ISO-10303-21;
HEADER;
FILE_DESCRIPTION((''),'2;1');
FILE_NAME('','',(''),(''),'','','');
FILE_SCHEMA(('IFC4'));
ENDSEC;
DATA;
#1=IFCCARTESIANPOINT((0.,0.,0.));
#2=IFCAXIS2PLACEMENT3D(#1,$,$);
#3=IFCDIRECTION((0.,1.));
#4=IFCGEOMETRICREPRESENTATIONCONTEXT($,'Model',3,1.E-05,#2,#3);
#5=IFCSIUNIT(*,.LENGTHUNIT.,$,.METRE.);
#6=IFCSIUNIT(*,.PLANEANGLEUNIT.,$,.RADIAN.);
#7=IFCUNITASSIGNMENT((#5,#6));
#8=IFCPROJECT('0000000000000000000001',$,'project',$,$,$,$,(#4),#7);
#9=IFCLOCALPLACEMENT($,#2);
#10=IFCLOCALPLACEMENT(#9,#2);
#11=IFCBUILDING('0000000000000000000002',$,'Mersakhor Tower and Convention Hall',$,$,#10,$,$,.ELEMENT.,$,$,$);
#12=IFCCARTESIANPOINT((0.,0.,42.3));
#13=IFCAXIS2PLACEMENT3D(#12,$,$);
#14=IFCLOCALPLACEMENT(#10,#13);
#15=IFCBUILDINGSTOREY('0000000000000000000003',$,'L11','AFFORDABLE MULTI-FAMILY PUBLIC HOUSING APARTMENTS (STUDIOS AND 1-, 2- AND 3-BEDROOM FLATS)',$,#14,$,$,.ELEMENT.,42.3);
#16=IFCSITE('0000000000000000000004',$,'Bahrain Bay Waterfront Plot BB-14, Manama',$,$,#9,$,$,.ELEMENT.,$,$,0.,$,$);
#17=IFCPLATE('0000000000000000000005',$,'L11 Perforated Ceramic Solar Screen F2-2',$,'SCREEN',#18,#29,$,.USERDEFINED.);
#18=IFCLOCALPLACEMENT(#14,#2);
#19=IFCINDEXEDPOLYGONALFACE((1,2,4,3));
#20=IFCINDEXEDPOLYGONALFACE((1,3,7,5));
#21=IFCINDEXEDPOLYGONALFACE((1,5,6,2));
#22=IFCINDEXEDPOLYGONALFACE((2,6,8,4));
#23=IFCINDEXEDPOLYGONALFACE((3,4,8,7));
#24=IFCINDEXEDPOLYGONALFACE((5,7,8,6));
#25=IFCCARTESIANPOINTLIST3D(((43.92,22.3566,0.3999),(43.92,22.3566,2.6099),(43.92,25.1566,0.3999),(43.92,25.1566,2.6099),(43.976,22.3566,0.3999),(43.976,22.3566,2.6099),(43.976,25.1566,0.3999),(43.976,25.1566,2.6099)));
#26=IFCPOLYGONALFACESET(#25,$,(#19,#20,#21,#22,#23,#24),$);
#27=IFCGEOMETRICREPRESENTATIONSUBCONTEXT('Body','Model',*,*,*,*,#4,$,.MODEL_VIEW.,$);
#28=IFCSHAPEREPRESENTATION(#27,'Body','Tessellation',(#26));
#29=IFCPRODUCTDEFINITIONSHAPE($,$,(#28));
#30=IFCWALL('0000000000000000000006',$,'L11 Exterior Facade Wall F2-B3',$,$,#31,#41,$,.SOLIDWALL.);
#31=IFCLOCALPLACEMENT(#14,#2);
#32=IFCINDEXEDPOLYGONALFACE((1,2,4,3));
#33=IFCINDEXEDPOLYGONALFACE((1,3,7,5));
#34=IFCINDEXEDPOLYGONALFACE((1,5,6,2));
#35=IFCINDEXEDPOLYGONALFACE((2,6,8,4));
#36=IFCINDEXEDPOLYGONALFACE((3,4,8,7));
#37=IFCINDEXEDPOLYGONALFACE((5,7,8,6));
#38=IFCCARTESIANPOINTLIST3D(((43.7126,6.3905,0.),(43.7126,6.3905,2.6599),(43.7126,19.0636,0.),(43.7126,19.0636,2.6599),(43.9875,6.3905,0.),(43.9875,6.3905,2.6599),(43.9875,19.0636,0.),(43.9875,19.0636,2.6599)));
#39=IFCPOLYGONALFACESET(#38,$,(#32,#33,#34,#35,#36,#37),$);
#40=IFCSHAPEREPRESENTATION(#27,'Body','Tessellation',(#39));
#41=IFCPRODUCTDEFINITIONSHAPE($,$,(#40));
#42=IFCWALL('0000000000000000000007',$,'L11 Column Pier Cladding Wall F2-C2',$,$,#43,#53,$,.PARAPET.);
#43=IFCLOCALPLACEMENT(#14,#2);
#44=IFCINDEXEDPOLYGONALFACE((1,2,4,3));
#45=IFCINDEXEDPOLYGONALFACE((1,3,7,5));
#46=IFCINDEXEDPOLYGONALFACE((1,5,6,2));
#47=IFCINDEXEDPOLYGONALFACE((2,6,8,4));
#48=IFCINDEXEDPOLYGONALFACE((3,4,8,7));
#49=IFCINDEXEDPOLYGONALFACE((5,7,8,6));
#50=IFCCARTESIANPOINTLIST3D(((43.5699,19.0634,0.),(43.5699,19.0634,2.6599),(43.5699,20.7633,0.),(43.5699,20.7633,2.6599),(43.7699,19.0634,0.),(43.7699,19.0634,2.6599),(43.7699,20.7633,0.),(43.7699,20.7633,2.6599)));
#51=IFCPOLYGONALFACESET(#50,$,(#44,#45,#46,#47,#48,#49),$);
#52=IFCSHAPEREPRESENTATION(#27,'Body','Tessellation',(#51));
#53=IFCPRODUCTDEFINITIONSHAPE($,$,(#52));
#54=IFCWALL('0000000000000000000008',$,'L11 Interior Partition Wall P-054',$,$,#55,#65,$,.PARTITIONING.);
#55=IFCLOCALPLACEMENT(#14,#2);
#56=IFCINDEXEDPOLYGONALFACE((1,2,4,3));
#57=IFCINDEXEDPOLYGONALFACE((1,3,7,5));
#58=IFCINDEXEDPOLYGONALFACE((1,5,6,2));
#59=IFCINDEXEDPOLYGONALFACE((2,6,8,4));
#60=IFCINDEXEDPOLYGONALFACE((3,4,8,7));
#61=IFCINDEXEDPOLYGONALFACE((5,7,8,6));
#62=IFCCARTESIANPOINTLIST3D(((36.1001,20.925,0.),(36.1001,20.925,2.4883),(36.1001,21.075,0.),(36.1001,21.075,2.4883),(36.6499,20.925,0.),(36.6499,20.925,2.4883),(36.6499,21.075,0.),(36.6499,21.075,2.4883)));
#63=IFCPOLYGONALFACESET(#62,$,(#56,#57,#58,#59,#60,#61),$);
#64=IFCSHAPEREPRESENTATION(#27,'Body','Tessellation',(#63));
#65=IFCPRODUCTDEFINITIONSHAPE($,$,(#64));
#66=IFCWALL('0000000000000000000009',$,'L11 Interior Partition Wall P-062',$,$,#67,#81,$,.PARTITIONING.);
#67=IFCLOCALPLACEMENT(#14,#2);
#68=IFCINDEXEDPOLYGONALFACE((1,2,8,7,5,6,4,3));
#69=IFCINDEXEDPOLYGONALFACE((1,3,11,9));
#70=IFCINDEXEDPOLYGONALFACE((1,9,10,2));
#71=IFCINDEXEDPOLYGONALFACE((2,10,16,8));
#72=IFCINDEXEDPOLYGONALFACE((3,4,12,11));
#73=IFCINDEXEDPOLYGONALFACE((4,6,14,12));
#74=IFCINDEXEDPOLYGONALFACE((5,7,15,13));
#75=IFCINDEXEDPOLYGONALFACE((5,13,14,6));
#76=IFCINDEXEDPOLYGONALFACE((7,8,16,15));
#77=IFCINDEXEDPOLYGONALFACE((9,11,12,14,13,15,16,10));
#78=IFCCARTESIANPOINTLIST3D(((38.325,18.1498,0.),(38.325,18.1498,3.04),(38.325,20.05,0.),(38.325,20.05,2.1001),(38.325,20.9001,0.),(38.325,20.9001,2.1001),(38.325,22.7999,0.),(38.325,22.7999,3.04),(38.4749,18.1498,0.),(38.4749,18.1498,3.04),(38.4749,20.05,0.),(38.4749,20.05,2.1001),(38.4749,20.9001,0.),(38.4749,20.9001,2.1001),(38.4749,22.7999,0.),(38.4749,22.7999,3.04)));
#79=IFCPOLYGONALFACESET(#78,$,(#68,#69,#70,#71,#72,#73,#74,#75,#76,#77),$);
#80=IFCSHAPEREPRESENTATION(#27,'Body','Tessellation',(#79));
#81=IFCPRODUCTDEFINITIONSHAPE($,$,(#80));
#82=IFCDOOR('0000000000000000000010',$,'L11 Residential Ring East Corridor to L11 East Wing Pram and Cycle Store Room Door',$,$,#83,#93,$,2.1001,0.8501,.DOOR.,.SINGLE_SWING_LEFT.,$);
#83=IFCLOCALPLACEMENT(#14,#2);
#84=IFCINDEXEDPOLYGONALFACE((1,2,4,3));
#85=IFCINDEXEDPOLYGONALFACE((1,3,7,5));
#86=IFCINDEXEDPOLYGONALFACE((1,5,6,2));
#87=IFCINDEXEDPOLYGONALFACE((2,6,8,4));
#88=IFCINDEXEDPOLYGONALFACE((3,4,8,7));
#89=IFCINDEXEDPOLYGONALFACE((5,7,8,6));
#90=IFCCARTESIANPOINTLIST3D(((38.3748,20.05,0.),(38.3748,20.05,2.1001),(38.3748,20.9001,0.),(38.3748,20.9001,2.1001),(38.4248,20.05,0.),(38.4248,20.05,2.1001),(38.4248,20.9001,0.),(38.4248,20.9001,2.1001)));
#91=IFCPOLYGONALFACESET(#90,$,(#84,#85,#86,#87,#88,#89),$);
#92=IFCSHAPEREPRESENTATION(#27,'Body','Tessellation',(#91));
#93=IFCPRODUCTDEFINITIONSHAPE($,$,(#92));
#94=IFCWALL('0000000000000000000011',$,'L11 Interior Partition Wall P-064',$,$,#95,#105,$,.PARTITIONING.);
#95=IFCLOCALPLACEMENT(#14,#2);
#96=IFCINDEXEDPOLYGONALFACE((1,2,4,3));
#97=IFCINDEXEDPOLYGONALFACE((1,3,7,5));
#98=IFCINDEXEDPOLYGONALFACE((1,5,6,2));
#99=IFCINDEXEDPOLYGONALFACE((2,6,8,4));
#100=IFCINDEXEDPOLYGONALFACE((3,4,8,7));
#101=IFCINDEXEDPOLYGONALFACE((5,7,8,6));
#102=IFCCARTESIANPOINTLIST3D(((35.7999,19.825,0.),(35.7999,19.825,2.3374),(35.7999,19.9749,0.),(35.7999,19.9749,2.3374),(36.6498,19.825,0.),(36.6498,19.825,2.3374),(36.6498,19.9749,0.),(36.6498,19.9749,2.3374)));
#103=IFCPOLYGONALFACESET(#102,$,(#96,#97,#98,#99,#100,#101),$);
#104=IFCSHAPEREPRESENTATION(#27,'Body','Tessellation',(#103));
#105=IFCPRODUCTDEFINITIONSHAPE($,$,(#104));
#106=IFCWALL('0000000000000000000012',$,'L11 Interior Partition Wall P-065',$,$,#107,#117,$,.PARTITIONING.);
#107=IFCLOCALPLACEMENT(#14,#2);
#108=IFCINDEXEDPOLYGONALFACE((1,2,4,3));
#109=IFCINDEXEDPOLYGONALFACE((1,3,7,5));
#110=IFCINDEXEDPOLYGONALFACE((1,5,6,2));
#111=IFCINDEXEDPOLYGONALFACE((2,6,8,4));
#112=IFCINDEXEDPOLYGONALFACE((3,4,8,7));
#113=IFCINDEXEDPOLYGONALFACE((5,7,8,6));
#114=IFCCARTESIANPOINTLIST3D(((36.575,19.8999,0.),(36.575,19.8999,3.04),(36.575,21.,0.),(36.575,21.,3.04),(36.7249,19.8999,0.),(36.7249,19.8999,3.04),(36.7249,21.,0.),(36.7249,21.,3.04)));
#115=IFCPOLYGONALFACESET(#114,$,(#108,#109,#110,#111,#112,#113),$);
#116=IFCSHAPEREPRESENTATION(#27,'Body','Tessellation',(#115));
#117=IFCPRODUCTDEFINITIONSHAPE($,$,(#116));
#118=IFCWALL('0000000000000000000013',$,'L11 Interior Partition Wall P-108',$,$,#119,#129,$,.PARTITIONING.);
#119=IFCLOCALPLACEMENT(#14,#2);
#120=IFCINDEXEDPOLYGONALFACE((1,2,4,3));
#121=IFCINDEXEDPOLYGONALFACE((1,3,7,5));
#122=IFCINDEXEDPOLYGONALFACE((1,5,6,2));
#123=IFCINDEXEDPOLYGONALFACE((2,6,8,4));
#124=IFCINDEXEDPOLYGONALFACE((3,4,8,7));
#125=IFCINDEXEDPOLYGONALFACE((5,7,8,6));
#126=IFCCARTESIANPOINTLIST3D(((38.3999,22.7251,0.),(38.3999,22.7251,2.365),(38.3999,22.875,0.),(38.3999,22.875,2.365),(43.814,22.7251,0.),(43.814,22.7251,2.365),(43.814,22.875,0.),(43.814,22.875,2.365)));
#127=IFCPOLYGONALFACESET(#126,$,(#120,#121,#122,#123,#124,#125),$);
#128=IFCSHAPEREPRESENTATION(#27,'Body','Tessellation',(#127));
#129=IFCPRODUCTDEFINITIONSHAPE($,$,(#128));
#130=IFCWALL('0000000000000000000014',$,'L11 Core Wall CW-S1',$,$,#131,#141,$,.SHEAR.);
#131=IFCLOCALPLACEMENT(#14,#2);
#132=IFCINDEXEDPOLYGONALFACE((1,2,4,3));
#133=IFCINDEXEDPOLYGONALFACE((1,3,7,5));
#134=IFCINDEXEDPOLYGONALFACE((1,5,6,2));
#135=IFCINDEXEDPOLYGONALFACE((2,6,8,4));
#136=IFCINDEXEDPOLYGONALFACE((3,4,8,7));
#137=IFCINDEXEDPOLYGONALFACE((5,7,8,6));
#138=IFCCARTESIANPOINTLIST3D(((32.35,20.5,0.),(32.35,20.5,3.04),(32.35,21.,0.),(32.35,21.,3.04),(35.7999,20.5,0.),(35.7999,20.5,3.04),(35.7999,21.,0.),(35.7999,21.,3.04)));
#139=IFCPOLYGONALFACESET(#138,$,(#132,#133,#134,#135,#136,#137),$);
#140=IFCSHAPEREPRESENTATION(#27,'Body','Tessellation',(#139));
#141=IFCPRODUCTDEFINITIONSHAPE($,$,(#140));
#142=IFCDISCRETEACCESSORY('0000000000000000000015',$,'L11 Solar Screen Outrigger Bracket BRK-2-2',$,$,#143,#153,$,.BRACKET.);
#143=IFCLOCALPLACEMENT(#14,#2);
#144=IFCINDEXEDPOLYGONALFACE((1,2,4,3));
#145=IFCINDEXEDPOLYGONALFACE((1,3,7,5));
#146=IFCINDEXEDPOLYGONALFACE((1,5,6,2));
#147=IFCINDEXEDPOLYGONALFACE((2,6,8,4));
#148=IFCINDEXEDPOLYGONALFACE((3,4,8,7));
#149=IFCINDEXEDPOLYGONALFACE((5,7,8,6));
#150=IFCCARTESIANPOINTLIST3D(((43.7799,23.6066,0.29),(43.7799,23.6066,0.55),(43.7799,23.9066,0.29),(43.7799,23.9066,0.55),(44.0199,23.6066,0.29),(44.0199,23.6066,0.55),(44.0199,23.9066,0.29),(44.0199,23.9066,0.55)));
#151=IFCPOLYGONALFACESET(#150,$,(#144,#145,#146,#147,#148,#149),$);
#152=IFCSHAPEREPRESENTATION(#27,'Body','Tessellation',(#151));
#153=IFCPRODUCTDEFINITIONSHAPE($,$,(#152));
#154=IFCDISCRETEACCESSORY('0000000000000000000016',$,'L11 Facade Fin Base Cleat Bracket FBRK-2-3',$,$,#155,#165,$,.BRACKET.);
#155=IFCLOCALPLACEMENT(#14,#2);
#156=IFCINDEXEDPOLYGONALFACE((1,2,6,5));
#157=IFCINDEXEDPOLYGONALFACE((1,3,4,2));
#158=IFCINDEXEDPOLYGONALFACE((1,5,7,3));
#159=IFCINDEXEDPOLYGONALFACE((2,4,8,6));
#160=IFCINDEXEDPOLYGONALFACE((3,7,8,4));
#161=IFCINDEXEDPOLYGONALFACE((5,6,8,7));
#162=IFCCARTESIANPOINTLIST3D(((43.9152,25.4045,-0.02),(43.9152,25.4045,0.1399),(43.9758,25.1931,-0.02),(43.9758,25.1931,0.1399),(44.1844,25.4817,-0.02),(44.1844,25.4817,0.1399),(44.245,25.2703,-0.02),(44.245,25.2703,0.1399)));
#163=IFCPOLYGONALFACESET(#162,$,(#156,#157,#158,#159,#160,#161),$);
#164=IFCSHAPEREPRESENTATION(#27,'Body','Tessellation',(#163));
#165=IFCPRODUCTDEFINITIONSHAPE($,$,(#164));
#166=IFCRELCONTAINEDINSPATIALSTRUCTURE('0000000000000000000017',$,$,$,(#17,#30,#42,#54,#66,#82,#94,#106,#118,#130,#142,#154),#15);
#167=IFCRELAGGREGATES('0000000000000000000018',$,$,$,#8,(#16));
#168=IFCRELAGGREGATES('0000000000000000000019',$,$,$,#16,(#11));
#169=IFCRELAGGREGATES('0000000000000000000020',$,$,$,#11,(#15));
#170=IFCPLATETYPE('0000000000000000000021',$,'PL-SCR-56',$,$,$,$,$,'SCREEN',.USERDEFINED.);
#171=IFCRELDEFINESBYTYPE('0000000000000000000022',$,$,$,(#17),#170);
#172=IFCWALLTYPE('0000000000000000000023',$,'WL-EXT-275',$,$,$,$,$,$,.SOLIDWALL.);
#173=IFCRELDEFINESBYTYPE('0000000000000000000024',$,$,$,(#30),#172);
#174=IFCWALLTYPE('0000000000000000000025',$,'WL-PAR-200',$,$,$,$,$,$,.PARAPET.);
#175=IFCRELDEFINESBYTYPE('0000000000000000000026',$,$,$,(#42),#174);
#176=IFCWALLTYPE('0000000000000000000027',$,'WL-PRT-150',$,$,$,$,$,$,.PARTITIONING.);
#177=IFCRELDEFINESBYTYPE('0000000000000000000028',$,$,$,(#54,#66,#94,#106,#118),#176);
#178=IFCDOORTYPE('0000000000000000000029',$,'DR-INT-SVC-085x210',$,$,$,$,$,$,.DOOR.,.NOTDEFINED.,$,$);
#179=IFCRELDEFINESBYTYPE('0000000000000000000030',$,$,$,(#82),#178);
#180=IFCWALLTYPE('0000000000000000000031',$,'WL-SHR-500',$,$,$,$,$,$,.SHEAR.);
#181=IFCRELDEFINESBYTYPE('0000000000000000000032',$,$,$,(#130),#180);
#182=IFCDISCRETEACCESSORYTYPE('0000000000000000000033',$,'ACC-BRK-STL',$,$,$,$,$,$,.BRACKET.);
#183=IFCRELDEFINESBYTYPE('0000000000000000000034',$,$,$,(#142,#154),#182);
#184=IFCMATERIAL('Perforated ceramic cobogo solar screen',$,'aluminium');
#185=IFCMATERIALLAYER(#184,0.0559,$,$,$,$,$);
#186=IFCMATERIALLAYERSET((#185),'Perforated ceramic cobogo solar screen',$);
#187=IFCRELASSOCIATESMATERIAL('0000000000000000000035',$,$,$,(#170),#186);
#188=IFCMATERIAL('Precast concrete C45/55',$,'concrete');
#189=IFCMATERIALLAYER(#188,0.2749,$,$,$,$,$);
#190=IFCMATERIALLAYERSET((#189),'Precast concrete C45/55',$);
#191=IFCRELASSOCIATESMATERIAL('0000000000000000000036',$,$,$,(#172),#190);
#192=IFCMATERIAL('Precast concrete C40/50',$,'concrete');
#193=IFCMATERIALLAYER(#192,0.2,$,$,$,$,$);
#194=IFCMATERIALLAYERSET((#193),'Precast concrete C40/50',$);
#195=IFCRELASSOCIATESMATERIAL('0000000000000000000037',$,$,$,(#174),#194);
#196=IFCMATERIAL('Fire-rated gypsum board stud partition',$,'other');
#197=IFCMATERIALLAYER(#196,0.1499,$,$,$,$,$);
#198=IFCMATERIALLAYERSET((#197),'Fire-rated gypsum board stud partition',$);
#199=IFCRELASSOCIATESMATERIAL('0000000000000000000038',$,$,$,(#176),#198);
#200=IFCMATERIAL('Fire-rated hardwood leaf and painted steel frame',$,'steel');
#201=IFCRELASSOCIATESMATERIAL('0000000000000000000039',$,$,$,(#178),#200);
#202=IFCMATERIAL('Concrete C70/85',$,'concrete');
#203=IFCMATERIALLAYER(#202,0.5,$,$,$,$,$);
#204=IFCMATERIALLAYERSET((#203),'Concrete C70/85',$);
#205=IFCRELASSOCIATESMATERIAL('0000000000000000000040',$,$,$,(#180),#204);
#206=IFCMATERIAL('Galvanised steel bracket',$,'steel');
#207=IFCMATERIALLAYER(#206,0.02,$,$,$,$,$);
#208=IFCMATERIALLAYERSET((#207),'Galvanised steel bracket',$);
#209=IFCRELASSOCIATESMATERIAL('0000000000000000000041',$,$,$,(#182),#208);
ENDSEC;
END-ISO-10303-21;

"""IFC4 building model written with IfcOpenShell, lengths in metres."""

from ifc_helpers import new_model, si_unit, direction, frame, frame_2d, origin, origin_2d, place, context, subcontext, project, spatial, rectangle, extrude, material, layer, layer_set, type_object, element, fill, save


model = new_model("IFC4")

# Units and contexts
model_context = context("Model", 3, precision=1e-05, world=origin(), true_north=direction((0.0, 1.0)))
body_context = subcontext(model_context, "Body", "Model", "MODEL_VIEW")
ifc_project = project(units=[si_unit("LENGTHUNIT", "METRE"), si_unit("PLANEANGLEUNIT", "RADIAN")], contexts=[model_context])

# Site, building, storey
site_placement = place(None, origin())
site = spatial("IfcSite", under=ifc_project, at=site_placement, Name="Bahrain Bay Waterfront Plot BB-14, Manama", CompositionType="ELEMENT", RefElevation=0.0)
building_placement = place(site_placement, origin())
building = spatial("IfcBuilding", under=site, at=building_placement, Name="Mersakhor Tower and Convention Hall", CompositionType="ELEMENT")
storey_placement = place(building_placement, frame((0.0, 0.0, 42.3)))
storey = spatial("IfcBuildingStorey", under=building, at=storey_placement, Name="L11", Description="AFFORDABLE MULTI-FAMILY PUBLIC HOUSING APARTMENTS (STUDIOS AND 1-, 2- AND 3-BEDROOM FLATS)", CompositionType="ELEMENT", Elevation=42.3)

# Plate
ifc_material_1 = material(Name="Perforated ceramic cobogo solar screen", Category="aluminium")
ifc_layer_1 = layer(ifc_material_1, 0.0559)
ifc_layer_set_1 = layer_set([ifc_layer_1], Name="Perforated ceramic cobogo solar screen")
plate_type_1 = type_object("IfcPlateType", Name="PL-SCR-56", ElementType="SCREEN", PredefinedType="USERDEFINED", material=ifc_layer_set_1)
plate_1_placement = place(storey_placement, frame((43.948, 23.7566, 0.3999), z_axis=(0.0, 0.0, 1.0), x_axis=(0.0, -1.0, 0.0)))
element("IfcPlate", 1, at=plate_1_placement, inside=storey, type_object=plate_type_1, Name="L11 Perforated Ceramic Solar Screen F2-2", ObjectType="SCREEN", PredefinedType="USERDEFINED", context=body_context, shape_type="SweptSolid", body=[
    extrude(rectangle(XDim=2.8, YDim=0.0559, at=origin_2d()), origin(), (0.0, 0.0, 1.0), 2.21),
])

# Walls
ifc_material_2 = material(Name="Precast concrete C45/55", Category="concrete")
ifc_layer_2 = layer(ifc_material_2, 0.2749)
ifc_layer_set_2 = layer_set([ifc_layer_2], Name="Precast concrete C45/55")
wall_type_1 = type_object("IfcWallType", Name="WL-EXT-275", PredefinedType="SOLIDWALL", material=ifc_layer_set_2)
wall_1_placement = place(storey_placement, frame((43.8501, 19.0635, 0.0), z_axis=(0.0, 0.0, 1.0), x_axis=(0.0, -1.0, 0.0)))
element("IfcWall", 2, at=wall_1_placement, inside=storey, type_object=wall_type_1, Name="L11 Exterior Facade Wall F2-B3", PredefinedType="SOLIDWALL", context=body_context, shape_type="SweptSolid", body=[
    extrude(rectangle(XDim=12.6731, YDim=0.2749, at=frame_2d((6.3364, 0.0))), origin(), (0.0, 0.0, 1.0), 2.6599),
])
ifc_material_3 = material(Name="Precast concrete C40/50", Category="concrete")
ifc_layer_3 = layer(ifc_material_3, 0.2)
ifc_layer_set_3 = layer_set([ifc_layer_3], Name="Precast concrete C40/50")
wall_type_2 = type_object("IfcWallType", Name="WL-PAR-200", PredefinedType="PARAPET", material=ifc_layer_set_3)
wall_2_placement = place(storey_placement, frame((43.6699, 20.7634, 0.0), z_axis=(0.0, 0.0, 1.0), x_axis=(0.0, -1.0, 0.0)))
element("IfcWall", 3, at=wall_2_placement, inside=storey, type_object=wall_type_2, Name="L11 Column Pier Cladding Wall F2-C2", PredefinedType="PARAPET", context=body_context, shape_type="SweptSolid", body=[
    extrude(rectangle(XDim=1.7, YDim=0.2, at=frame_2d((0.8501, 0.0))), origin(), (0.0, 0.0, 1.0), 2.6599),
])

# Shared definitions
ifc_material_4 = material(Name="Fire-rated gypsum board stud partition", Category="other")
ifc_layer_4 = layer(ifc_material_4, 0.1499)
ifc_layer_set_4 = layer_set([ifc_layer_4], Name="Fire-rated gypsum board stud partition")
wall_type_3 = type_object("IfcWallType", Name="WL-PRT-150", PredefinedType="PARTITIONING", material=ifc_layer_set_4)

# Wall
wall_3_placement = place(storey_placement, frame((36.6499, 21.0, 0.0), z_axis=(0.0, 0.0, 1.0), x_axis=(-1.0, 0.0, 0.0)))
element("IfcWall", 4, at=wall_3_placement, inside=storey, type_object=wall_type_3, Name="L11 Interior Partition Wall P-054", PredefinedType="PARTITIONING", context=body_context, shape_type="SweptSolid", body=[
    extrude(rectangle(XDim=0.5498, YDim=0.1499, at=frame_2d((0.2749, 0.0))), origin(), (0.0, 0.0, 1.0), 2.4883),
])

# Wall, opening, door
wall_4_placement = place(storey_placement, frame((38.3999, 22.8, 0.0), z_axis=(0.0, 0.0, 1.0), x_axis=(0.0, -1.0, 0.0)))
wall_4 = element("IfcWall", 5, at=wall_4_placement, inside=storey, type_object=wall_type_3, Name="L11 Interior Partition Wall P-062", PredefinedType="PARTITIONING", context=body_context, shape_type="SweptSolid", body=[
    extrude(rectangle(XDim=4.6501, YDim=0.1499, at=frame_2d((2.3252, 0.0))), origin(), (0.0, 0.0, 1.0), 3.04),
])
opening_1_placement = place(wall_4_placement, frame((1.8999, 0.0, 0.0)))
opening_1 = element("IfcOpeningElement", 6, at=opening_1_placement, cuts=wall_4, PredefinedType="OPENING", context=body_context, shape_type="SweptSolid", body=[
    extrude(rectangle(XDim=0.8501, YDim=2.1001, at=frame_2d((0.425, 1.05))), frame((0.0, 0.085, 0.0), z_axis=(0.0, -1.0, 0.0), x_axis=(1.0, 0.0, 0.0)), (0.0, 0.0, 1.0), 0.1699),
])
ifc_material_5 = material(Name="Fire-rated hardwood leaf and painted steel frame", Category="steel")
door_type_1 = type_object("IfcDoorType", Name="DR-INT-SVC-085x210", OperationType="NOTDEFINED", PredefinedType="DOOR", material=ifc_material_5)
door_1_placement = place(opening_1_placement, origin())
door_1 = element("IfcDoor", 7, at=door_1_placement, inside=storey, type_object=door_type_1, Name="L11 Residential Ring East Corridor to L11 East Wing Pram and Cycle Store Room Door", OperationType="SINGLE_SWING_LEFT", OverallHeight=2.1001, OverallWidth=0.8501, PredefinedType="DOOR", context=body_context, shape_type="SweptSolid", body=[
    extrude(rectangle(XDim=0.8501, YDim=2.1001, at=frame_2d((0.425, 1.05))), frame((0.0, 0.0249, 0.0), z_axis=(0.0, -1.0, 0.0), x_axis=(1.0, 0.0, 0.0)), (0.0, 0.0, 1.0), 0.05),
])
fill(opening_1, door_1)

# Walls
wall_5_placement = place(storey_placement, frame((35.8, 19.8999, 0.0), z_axis=(0.0, 0.0, 1.0), x_axis=(1.0, 0.0, 0.0)))
element("IfcWall", 8, at=wall_5_placement, inside=storey, type_object=wall_type_3, Name="L11 Interior Partition Wall P-064", PredefinedType="PARTITIONING", context=body_context, shape_type="SweptSolid", body=[
    extrude(rectangle(XDim=0.8499, YDim=0.1499, at=frame_2d((0.4248, 0.0))), origin(), (0.0, 0.0, 1.0), 2.3374),
])
wall_6_placement = place(storey_placement, frame((36.6499, 19.8999, 0.0), z_axis=(0.0, 0.0, 1.0), x_axis=(0.0, 1.0, 0.0)))
element("IfcWall", 9, at=wall_6_placement, inside=storey, type_object=wall_type_3, Name="L11 Interior Partition Wall P-065", PredefinedType="PARTITIONING", context=body_context, shape_type="SweptSolid", body=[
    extrude(rectangle(XDim=1.1001, YDim=0.1499, at=frame_2d((0.55, 0.0))), origin(), (0.0, 0.0, 1.0), 3.04),
])
wall_7_placement = place(storey_placement, frame((43.814, 22.8, 0.0), z_axis=(0.0, 0.0, 1.0), x_axis=(-1.0, 0.0, 0.0)))
element("IfcWall", 10, at=wall_7_placement, inside=storey, type_object=wall_type_3, Name="L11 Interior Partition Wall P-108", PredefinedType="PARTITIONING", context=body_context, shape_type="SweptSolid", body=[
    extrude(rectangle(XDim=5.4141, YDim=0.1499, at=frame_2d((2.707, 0.0))), origin(), (0.0, 0.0, 1.0), 2.365),
])
ifc_material_6 = material(Name="Concrete C70/85", Category="concrete")
ifc_layer_5 = layer(ifc_material_6, 0.5)
ifc_layer_set_5 = layer_set([ifc_layer_5], Name="Concrete C70/85")
wall_type_4 = type_object("IfcWallType", Name="WL-SHR-500", PredefinedType="SHEAR", material=ifc_layer_set_5)
wall_8_placement = place(storey_placement, frame((35.8, 20.75, 0.0), z_axis=(0.0, 0.0, 1.0), x_axis=(-1.0, 0.0, 0.0)))
element("IfcWall", 11, at=wall_8_placement, inside=storey, type_object=wall_type_4, Name="L11 Core Wall CW-S1", PredefinedType="SHEAR", context=body_context, shape_type="SweptSolid", body=[
    extrude(rectangle(XDim=3.45, YDim=0.5, at=frame_2d((1.7251, 0.0))), origin(), (0.0, 0.0, 1.0), 3.04),
])

# Discrete accessories
ifc_material_7 = material(Name="Galvanised steel bracket", Category="steel")
ifc_layer_6 = layer(ifc_material_7, 0.02)
ifc_layer_set_6 = layer_set([ifc_layer_6], Name="Galvanised steel bracket")
discrete_accessory_type = type_object("IfcDiscreteAccessoryType", Name="ACC-BRK-STL", PredefinedType="BRACKET", material=ifc_layer_set_6)
discrete_accessory_1_placement = place(storey_placement, frame((43.8999, 23.7566, 0.29), z_axis=(0.0, 0.0, 1.0), x_axis=(0.0, -1.0, 0.0)))
element("IfcDiscreteAccessory", 12, at=discrete_accessory_1_placement, inside=storey, type_object=discrete_accessory_type, Name="L11 Solar Screen Outrigger Bracket BRK-2-2", PredefinedType="BRACKET", context=body_context, shape_type="SweptSolid", body=[
    extrude(rectangle(XDim=0.3, YDim=0.24, at=origin_2d()), origin(), (0.0, 0.0, 1.0), 0.26),
])
discrete_accessory_2_placement = place(storey_placement, frame((44.0801, 25.3374, -0.02), z_axis=(0.0, 0.0, 1.0), x_axis=(0.961262, 0.275637, 0.0)))
element("IfcDiscreteAccessory", 13, at=discrete_accessory_2_placement, inside=storey, type_object=discrete_accessory_type, Name="L11 Facade Fin Base Cleat Bracket FBRK-2-3", PredefinedType="BRACKET", context=body_context, shape_type="SweptSolid", body=[
    extrude(rectangle(XDim=0.28, YDim=0.22, at=origin_2d()), origin(), (0.0, 0.0, 1.0), 0.1599),
])

save(model, "model.ifc")
